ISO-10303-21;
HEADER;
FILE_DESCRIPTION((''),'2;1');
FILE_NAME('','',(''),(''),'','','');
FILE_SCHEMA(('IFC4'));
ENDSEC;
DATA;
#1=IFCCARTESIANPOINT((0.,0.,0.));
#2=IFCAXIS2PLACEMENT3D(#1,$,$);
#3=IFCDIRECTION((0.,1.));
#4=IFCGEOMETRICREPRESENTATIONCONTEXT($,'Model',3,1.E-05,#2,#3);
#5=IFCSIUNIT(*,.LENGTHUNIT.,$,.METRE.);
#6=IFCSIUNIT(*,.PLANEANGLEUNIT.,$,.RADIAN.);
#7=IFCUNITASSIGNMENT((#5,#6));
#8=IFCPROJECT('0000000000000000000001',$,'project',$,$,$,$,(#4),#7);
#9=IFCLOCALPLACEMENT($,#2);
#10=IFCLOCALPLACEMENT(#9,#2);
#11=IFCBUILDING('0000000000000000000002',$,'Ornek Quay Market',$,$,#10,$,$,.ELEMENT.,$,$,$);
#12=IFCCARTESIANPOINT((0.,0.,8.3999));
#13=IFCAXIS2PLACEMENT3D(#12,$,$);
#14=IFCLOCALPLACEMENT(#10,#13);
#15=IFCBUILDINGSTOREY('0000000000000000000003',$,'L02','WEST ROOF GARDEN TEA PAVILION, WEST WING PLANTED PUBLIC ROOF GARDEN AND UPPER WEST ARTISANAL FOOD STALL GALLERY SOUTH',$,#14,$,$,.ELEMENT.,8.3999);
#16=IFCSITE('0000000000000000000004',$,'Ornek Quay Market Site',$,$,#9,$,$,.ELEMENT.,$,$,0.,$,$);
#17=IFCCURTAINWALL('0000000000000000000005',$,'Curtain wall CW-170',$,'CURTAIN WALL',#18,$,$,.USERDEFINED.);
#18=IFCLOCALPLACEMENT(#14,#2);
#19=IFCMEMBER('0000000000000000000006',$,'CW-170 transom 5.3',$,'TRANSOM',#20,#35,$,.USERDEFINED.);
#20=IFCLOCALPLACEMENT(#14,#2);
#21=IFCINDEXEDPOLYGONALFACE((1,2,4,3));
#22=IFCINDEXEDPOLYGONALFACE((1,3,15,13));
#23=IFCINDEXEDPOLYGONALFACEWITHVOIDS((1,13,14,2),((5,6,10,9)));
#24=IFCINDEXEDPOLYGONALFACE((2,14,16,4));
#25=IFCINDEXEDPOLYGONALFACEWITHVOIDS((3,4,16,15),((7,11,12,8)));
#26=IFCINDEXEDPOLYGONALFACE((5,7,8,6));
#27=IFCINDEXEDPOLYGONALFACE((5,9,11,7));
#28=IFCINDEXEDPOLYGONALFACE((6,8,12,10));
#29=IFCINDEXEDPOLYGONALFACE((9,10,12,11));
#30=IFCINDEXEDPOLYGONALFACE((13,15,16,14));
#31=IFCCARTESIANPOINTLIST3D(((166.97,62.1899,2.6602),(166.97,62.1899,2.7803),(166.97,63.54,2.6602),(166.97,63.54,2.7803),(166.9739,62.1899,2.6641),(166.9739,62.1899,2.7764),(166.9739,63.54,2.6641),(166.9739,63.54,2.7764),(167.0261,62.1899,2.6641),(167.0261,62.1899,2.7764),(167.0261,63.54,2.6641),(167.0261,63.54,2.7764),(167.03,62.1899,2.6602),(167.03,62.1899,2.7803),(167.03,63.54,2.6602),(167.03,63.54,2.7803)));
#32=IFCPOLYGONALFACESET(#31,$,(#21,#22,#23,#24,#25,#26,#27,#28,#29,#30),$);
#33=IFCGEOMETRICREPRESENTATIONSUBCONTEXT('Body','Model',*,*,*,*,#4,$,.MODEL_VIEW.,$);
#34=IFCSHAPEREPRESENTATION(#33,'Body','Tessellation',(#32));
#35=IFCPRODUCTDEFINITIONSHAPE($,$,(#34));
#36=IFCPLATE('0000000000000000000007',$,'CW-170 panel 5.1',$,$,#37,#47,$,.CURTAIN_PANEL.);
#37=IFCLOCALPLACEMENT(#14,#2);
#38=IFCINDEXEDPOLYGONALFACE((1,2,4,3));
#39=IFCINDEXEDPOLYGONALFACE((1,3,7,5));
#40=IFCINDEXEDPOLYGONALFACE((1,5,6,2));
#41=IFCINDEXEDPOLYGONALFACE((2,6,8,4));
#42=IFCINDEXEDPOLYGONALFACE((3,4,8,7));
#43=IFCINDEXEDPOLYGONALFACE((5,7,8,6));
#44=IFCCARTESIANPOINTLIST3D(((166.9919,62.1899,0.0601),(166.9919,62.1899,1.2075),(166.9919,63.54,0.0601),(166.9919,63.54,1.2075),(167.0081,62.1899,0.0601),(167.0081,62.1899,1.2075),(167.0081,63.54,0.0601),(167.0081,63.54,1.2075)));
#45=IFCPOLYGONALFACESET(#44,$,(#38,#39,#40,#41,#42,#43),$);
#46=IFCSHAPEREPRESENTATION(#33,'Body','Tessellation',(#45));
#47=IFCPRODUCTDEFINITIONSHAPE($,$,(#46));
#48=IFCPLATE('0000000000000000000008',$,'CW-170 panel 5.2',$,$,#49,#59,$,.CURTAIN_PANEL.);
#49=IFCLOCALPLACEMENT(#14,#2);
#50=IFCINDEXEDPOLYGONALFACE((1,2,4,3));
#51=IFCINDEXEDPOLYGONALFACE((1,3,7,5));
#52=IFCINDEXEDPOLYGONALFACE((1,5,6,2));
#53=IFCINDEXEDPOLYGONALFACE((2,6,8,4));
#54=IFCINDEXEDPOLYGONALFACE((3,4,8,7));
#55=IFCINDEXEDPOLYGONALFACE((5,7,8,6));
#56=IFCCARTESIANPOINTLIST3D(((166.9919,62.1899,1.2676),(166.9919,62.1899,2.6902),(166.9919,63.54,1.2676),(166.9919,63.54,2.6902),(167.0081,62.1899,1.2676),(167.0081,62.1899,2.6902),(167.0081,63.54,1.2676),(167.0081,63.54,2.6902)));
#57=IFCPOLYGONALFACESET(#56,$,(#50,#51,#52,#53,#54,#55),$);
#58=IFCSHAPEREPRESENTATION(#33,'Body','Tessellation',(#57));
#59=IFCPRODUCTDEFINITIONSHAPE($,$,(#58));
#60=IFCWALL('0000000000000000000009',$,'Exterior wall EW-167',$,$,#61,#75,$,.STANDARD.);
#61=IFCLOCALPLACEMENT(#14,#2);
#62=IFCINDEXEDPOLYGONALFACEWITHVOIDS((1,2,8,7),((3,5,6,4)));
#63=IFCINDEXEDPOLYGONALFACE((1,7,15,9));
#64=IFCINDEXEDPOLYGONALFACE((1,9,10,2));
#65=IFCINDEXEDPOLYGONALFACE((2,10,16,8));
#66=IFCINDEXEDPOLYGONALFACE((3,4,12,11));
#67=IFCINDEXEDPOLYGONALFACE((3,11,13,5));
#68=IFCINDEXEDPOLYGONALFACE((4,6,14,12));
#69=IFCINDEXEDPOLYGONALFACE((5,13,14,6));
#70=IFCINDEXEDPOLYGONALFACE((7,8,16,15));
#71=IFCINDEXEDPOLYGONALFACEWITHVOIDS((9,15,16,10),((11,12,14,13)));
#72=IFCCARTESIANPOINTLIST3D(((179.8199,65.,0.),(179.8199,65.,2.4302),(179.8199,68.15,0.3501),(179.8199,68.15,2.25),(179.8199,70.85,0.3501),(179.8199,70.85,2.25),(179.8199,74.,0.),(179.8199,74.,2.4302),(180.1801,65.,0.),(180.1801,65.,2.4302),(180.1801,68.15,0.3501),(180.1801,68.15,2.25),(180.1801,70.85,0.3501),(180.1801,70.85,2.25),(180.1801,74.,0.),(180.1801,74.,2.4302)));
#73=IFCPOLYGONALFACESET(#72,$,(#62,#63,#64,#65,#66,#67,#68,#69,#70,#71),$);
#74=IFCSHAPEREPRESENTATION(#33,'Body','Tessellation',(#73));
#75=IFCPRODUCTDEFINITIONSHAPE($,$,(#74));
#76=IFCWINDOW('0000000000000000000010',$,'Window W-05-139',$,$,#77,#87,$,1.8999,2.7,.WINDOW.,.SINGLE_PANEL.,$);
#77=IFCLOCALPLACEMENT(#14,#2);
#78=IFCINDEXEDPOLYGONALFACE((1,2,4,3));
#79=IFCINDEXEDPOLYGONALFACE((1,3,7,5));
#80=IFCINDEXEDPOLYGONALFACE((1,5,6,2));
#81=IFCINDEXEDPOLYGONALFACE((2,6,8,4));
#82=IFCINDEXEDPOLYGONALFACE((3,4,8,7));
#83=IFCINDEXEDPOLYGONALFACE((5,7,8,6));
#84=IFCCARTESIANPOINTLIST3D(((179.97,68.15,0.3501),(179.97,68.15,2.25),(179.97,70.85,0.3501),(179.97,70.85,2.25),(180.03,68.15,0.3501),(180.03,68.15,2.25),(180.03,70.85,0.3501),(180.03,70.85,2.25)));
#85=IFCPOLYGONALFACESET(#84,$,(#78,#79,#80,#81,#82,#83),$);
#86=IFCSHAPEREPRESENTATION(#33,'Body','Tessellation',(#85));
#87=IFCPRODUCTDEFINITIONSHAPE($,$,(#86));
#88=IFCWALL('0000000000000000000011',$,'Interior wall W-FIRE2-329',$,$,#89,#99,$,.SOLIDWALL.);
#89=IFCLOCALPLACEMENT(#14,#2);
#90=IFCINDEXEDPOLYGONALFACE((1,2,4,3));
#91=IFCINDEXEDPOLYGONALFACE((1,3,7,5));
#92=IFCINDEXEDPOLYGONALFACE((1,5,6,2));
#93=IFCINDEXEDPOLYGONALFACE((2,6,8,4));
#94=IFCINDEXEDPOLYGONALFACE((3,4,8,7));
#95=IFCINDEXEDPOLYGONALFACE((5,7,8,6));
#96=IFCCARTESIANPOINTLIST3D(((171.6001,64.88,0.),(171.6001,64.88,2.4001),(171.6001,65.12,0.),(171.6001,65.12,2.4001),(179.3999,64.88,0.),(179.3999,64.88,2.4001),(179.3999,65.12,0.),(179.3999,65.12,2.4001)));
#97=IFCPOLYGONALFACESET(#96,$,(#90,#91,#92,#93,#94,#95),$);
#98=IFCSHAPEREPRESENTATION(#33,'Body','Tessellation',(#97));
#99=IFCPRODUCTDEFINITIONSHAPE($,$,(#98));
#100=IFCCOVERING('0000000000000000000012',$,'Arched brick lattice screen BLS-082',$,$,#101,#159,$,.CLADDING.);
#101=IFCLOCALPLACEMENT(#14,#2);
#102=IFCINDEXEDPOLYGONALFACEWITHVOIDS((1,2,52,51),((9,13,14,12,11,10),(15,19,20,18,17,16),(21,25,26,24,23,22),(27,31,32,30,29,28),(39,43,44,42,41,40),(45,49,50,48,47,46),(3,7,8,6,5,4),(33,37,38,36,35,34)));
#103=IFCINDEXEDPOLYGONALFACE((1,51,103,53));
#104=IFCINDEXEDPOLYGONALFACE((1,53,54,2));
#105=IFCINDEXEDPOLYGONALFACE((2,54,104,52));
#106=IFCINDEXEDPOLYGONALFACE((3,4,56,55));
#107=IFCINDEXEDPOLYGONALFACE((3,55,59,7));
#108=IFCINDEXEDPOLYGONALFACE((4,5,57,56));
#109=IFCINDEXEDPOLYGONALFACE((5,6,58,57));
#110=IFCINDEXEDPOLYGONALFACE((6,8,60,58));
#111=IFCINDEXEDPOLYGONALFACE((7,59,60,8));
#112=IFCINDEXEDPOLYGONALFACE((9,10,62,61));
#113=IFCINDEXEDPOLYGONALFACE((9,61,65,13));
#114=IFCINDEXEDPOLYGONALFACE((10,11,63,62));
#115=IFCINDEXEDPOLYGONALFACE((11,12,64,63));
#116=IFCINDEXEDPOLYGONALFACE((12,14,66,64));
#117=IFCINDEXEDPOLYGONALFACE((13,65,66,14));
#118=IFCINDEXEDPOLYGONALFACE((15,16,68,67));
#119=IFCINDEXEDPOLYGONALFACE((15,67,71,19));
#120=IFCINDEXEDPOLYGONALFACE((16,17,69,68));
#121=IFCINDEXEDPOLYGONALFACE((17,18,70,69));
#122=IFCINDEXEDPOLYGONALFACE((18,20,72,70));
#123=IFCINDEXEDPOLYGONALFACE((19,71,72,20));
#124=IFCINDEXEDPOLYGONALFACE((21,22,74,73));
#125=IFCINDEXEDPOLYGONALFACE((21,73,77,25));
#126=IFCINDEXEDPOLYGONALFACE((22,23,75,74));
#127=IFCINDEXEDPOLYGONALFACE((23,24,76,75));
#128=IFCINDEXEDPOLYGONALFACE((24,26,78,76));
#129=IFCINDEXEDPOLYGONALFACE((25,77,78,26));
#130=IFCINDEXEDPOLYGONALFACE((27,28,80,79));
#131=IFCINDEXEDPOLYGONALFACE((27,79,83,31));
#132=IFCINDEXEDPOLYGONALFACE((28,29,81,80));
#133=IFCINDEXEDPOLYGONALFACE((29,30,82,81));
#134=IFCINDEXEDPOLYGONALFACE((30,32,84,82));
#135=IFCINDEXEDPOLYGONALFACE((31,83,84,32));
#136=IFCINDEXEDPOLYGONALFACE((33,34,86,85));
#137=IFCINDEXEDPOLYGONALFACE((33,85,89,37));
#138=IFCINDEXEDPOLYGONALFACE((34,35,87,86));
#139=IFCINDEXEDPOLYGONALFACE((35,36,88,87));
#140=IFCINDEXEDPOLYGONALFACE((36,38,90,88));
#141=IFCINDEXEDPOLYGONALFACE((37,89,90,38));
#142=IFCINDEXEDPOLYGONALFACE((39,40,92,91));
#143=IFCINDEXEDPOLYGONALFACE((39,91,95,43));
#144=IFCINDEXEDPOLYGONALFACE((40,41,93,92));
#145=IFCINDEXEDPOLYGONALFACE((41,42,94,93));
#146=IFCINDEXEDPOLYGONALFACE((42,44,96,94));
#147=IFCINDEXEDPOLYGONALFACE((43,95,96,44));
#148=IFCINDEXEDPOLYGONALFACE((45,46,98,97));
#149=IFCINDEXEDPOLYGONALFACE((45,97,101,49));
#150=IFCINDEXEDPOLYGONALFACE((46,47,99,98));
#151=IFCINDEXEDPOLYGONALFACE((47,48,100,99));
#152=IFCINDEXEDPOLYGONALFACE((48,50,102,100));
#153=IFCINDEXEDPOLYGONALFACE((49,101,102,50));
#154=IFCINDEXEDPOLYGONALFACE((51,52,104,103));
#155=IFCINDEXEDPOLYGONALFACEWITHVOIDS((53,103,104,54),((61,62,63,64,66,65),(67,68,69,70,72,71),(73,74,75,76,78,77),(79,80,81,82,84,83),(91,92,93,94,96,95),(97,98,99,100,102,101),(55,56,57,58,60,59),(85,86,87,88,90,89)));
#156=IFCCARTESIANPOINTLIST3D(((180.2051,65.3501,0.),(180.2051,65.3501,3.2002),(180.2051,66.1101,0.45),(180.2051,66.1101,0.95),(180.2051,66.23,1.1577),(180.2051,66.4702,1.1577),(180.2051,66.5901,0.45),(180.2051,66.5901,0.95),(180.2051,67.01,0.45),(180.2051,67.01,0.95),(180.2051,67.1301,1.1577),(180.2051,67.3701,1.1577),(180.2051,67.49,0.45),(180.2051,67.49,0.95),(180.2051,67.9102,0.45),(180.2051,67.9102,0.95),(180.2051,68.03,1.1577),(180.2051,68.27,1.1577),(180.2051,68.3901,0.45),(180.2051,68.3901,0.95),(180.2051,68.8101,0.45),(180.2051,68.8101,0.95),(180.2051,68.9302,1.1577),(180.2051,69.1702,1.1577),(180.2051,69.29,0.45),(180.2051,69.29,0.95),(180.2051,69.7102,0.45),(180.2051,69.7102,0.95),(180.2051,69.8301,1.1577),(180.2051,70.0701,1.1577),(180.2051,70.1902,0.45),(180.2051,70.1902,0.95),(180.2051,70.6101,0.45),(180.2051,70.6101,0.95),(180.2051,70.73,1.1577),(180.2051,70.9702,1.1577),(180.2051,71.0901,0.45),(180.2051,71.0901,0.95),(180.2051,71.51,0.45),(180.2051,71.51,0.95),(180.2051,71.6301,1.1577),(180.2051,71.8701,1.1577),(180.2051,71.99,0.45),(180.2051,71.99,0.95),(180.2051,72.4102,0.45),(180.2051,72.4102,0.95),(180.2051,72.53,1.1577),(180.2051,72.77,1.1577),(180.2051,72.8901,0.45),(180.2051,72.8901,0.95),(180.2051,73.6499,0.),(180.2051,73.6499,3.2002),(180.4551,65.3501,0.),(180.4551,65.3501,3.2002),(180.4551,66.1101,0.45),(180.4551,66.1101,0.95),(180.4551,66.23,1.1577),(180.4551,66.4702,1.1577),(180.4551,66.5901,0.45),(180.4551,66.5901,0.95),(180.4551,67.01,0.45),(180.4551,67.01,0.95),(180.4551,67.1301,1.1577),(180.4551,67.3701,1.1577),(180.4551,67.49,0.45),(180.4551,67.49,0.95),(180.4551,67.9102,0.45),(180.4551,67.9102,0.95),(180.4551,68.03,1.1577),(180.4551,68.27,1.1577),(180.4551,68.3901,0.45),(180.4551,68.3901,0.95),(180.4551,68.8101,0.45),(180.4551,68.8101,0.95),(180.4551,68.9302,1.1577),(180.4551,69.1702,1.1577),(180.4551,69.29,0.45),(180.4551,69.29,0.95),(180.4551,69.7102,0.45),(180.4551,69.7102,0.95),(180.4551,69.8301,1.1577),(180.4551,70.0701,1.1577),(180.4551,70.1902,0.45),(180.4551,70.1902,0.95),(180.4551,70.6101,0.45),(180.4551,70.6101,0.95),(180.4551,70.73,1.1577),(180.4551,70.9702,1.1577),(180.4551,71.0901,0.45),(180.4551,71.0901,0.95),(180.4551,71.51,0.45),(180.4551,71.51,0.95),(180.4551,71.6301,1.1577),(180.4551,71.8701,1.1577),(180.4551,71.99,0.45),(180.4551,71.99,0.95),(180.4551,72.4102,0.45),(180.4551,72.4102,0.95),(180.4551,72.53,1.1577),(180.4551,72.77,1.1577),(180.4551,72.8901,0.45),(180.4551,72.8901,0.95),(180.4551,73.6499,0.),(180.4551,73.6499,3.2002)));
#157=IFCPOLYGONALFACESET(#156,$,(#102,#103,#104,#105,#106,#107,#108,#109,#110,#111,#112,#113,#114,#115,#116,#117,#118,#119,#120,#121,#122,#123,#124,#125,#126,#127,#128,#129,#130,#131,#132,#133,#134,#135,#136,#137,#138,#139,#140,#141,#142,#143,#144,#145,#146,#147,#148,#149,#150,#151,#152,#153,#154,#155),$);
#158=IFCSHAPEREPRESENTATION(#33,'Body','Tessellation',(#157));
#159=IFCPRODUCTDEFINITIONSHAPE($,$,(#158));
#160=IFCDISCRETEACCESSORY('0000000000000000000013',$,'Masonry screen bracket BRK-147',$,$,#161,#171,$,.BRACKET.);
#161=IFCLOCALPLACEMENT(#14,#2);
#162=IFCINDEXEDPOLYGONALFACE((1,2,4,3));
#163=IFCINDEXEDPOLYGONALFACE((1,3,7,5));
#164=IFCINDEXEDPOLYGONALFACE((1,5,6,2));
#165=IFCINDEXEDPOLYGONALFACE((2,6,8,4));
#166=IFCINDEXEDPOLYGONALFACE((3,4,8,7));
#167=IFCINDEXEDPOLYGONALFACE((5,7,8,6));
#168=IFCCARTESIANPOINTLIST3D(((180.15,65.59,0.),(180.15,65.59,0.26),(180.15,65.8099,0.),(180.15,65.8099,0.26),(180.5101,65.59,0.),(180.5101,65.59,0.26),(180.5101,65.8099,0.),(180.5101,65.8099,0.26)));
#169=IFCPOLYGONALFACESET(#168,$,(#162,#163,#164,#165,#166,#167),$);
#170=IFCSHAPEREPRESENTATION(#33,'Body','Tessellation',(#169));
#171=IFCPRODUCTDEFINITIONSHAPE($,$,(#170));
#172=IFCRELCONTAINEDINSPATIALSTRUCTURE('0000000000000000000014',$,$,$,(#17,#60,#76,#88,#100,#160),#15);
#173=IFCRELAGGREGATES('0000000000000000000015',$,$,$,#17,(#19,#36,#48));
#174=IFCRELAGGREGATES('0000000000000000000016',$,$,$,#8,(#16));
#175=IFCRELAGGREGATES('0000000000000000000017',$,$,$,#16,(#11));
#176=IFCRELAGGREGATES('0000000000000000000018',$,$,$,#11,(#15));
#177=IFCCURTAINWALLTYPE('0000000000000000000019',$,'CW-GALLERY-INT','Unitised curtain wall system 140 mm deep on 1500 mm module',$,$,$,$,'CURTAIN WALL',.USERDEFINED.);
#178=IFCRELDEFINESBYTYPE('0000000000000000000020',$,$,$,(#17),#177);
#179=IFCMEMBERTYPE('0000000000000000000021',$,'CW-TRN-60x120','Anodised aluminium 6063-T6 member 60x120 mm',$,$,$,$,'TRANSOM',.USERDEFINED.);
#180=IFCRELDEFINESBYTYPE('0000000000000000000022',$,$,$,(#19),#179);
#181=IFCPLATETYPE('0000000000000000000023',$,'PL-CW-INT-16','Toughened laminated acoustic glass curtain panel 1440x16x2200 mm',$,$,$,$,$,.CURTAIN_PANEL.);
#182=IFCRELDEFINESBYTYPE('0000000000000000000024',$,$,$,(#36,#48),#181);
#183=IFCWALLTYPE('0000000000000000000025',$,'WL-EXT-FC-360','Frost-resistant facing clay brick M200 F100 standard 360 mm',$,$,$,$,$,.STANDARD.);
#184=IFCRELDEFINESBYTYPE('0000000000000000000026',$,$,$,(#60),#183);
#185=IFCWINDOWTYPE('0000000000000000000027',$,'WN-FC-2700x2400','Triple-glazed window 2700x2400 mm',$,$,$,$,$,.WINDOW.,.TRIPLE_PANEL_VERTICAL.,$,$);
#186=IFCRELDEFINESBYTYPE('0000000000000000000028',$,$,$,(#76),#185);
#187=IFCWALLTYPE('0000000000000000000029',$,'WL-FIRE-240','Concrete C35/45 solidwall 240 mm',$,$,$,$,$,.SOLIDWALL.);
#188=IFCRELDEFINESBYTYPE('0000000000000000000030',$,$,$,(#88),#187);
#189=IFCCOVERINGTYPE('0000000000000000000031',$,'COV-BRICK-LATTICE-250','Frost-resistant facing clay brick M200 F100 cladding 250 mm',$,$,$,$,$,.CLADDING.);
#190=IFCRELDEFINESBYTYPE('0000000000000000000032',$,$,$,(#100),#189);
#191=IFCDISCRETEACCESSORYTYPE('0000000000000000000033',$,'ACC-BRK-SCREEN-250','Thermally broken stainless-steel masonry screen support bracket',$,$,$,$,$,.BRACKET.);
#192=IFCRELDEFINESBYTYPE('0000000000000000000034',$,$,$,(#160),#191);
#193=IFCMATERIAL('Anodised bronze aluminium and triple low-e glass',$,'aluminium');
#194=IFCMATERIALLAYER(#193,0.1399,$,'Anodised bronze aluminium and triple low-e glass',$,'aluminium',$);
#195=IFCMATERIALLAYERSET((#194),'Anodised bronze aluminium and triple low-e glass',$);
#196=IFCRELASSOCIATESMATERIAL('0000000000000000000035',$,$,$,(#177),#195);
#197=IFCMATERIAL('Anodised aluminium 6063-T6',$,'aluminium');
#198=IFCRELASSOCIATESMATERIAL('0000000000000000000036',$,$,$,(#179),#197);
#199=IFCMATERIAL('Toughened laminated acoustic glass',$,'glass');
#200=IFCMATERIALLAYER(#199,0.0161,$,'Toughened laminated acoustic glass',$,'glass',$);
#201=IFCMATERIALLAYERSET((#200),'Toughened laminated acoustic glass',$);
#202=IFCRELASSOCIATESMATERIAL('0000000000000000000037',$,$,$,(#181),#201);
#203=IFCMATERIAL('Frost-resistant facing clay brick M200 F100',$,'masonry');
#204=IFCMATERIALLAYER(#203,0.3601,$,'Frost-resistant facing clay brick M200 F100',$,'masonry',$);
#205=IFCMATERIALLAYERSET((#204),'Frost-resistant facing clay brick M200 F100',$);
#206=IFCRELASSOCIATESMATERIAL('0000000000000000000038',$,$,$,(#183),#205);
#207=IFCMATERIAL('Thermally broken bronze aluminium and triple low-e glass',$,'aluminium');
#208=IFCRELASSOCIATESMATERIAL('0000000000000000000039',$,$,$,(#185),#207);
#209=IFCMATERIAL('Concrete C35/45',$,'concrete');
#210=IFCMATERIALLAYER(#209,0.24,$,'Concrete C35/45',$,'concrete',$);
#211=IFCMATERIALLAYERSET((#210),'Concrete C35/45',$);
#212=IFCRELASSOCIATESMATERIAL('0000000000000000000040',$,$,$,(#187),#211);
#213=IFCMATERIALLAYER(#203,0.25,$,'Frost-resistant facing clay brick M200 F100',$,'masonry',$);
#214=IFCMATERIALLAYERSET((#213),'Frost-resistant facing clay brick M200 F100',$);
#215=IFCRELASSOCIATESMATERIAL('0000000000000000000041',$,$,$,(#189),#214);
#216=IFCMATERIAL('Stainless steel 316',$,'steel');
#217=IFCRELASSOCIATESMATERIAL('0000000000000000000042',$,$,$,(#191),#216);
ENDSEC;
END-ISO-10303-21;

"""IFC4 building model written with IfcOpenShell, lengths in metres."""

from ifc_helpers import new_model, si_unit, direction, frame, frame_2d, origin, origin_2d, place, context, subcontext, project, spatial, polyline, rectangle, hollow_rectangle, outline, extrude, material, layer, layer_set, material_profile, profile_set, type_object, element, fill, aggregate, save


model = new_model("IFC4")

# Units and contexts
model_context = context("Model", 3, precision=1e-05, world=origin(), true_north=direction((0.0, 1.0)))
body_context = subcontext(model_context, "Body", "Model", "MODEL_VIEW")
ifc_project = project(units=[si_unit("LENGTHUNIT", "METRE"), si_unit("PLANEANGLEUNIT", "RADIAN")], contexts=[model_context])

# Site, building, storey
site_placement = place(None, origin())
site = spatial("IfcSite", under=ifc_project, at=site_placement, Name="Ornek Quay Market Site", CompositionType="ELEMENT", RefElevation=0.0)
building_placement = place(site_placement, origin())
building = spatial("IfcBuilding", under=site, at=building_placement, Name="Ornek Quay Market", CompositionType="ELEMENT")
storey_placement = place(building_placement, frame((0.0, 0.0, 8.3999)))
storey = spatial("IfcBuildingStorey", under=building, at=storey_placement, Name="L02", Description="WEST ROOF GARDEN TEA PAVILION, WEST WING PLANTED PUBLIC ROOF GARDEN AND UPPER WEST ARTISANAL FOOD STALL GALLERY SOUTH", CompositionType="ELEMENT", Elevation=8.3999)

# Shared definitions
ifc_material_1 = material(Name="Concrete C35/45", Category="concrete")

# Curtain wall, member, plates
ifc_material_2 = material(Name="Anodised bronze aluminium and triple low-e glass", Category="aluminium")
ifc_layer_1 = layer(ifc_material_2, 0.1399, Name="Anodised bronze aluminium and triple low-e glass", Category="aluminium")
ifc_layer_set_1 = layer_set([ifc_layer_1], Name="Anodised bronze aluminium and triple low-e glass")
curtain_wall_type = type_object("IfcCurtainWallType", Name="CW-GALLERY-INT", Description="Unitised curtain wall system 140 mm deep on 1500 mm module", ElementType="CURTAIN WALL", PredefinedType="USERDEFINED", material=ifc_layer_set_1)
curtain_wall_placement = place(storey_placement, origin())
curtain_wall = element("IfcCurtainWall", 1, at=curtain_wall_placement, inside=storey, type_object=curtain_wall_type, Name="Curtain wall CW-170", ObjectType="CURTAIN WALL", PredefinedType="USERDEFINED")
ifc_material_3 = material(Name="Anodised aluminium 6063-T6", Category="aluminium")
ifc_material_profile_1 = material_profile(ifc_material_3, hollow_rectangle(XDim=0.0601, YDim=0.1201, WallThickness=0.0039, at=origin_2d()), Name="CW-TRN-60x120", Category="aluminium")
ifc_profile_set_1 = profile_set([ifc_material_profile_1], Name="Anodised aluminium 6063-T6")
member_type_1 = type_object("IfcMemberType", Name="CW-TRN-60x120", Description="Anodised aluminium 6063-T6 member 60x120 mm", ElementType="TRANSOM", PredefinedType="USERDEFINED", material=ifc_profile_set_1)
member_1_placement = place(storey_placement, frame((167.0, 62.1899, 2.7202), z_axis=(0.0, 1.0, 0.0), x_axis=(-1.0, 0.0, 0.0)))
member_1 = element("IfcMember", 2, at=member_1_placement, type_object=member_type_1, Name="CW-170 transom 5.3", ObjectType="TRANSOM", PredefinedType="USERDEFINED", context=body_context, shape_type="SweptSolid", body=[
    extrude(hollow_rectangle(XDim=0.0601, YDim=0.1201, WallThickness=0.0039, at=origin_2d()), origin(), (0.0, 0.0, 1.0), 1.3501),
])
ifc_material_4 = material(Name="Toughened laminated acoustic glass", Category="glass")
ifc_layer_2 = layer(ifc_material_4, 0.0161, Name="Toughened laminated acoustic glass", Category="glass")
ifc_layer_set_2 = layer_set([ifc_layer_2], Name="Toughened laminated acoustic glass")
plate_type = type_object("IfcPlateType", Name="PL-CW-INT-16", Description="Toughened laminated acoustic glass curtain panel 1440x16x2200 mm", PredefinedType="CURTAIN_PANEL", material=ifc_layer_set_2)
plate_1_placement = place(storey_placement, frame((167.0, 62.865, 0.0601), z_axis=(0.0, 0.0, 1.0), x_axis=(0.0, 1.0, 0.0)))
plate_1 = element("IfcPlate", 3, at=plate_1_placement, type_object=plate_type, Name="CW-170 panel 5.1", PredefinedType="CURTAIN_PANEL", context=body_context, shape_type="SweptSolid", body=[
    extrude(rectangle(XDim=1.3501, YDim=0.0161, at=origin_2d()), origin(), (0.0, 0.0, 1.0), 1.1475),
])
plate_2_placement = place(storey_placement, frame((167.0, 62.865, 1.2676), z_axis=(0.0, 0.0, 1.0), x_axis=(0.0, 1.0, 0.0)))
plate_2 = element("IfcPlate", 4, at=plate_2_placement, type_object=plate_type, Name="CW-170 panel 5.2", PredefinedType="CURTAIN_PANEL", context=body_context, shape_type="SweptSolid", body=[
    extrude(rectangle(XDim=1.3501, YDim=0.0161, at=origin_2d()), origin(), (0.0, 0.0, 1.0), 1.4226),
])
aggregate(curtain_wall, [member_1, plate_1, plate_2])

# Wall, opening, window
ifc_material_5 = material(Name="Frost-resistant facing clay brick M200 F100", Category="masonry")
ifc_layer_3 = layer(ifc_material_5, 0.3601, Name="Frost-resistant facing clay brick M200 F100", Category="masonry")
ifc_layer_set_3 = layer_set([ifc_layer_3], Name="Frost-resistant facing clay brick M200 F100")
wall_type_1 = type_object("IfcWallType", Name="WL-EXT-FC-360", Description="Frost-resistant facing clay brick M200 F100 standard 360 mm", PredefinedType="STANDARD", material=ifc_layer_set_3)
wall_1_placement = place(storey_placement, frame((180.0, 65.0, 0.0), z_axis=(0.0, 0.0, 1.0), x_axis=(0.0, 1.0, 0.0)))
wall_1 = element("IfcWall", 5, at=wall_1_placement, inside=storey, type_object=wall_type_1, Name="Exterior wall EW-167", PredefinedType="STANDARD", context=body_context, shape_type="SweptSolid", body=[
    extrude(rectangle(XDim=9.0, YDim=0.3601, at=frame_2d((4.5, 0.0))), origin(), (0.0, 0.0, 1.0), 2.4302),
])
opening_1_placement = place(wall_1_placement, frame((3.1499, 0.0, 0.3501)))
opening_1 = element("IfcOpeningElement", 6, at=opening_1_placement, cuts=wall_1, PredefinedType="OPENING", context=body_context, shape_type="SweptSolid", body=[
    extrude(rectangle(XDim=2.7, YDim=1.8999, at=frame_2d((1.3501, 0.95))), frame((0.0, 0.1899, 0.0), z_axis=(0.0, -1.0, 0.0), x_axis=(1.0, 0.0, 0.0)), (0.0, 0.0, 1.0), 0.3801),
])
ifc_material_6 = material(Name="Thermally broken bronze aluminium and triple low-e glass", Category="aluminium")
window_type = type_object("IfcWindowType", Name="WN-FC-2700x2400", Description="Triple-glazed window 2700x2400 mm", PartitioningType="TRIPLE_PANEL_VERTICAL", PredefinedType="WINDOW", material=ifc_material_6)
window_placement = place(opening_1_placement, origin())
window = element("IfcWindow", 7, at=window_placement, inside=storey, type_object=window_type, Name="Window W-05-139", OverallHeight=1.8999, OverallWidth=2.7, PartitioningType="SINGLE_PANEL", PredefinedType="WINDOW", context=body_context, shape_type="SweptSolid", body=[
    extrude(rectangle(XDim=2.7, YDim=1.8999, at=frame_2d((1.3501, 0.95))), frame((0.0, 0.03, 0.0), z_axis=(0.0, -1.0, 0.0), x_axis=(1.0, 0.0, 0.0)), (0.0, 0.0, 1.0), 0.0601),
])
fill(opening_1, window)

# Shared definitions
ifc_layer_4 = layer(ifc_material_1, 0.24, Name="Concrete C35/45", Category="concrete")
ifc_layer_set_4 = layer_set([ifc_layer_4], Name="Concrete C35/45")
wall_type_2 = type_object("IfcWallType", Name="WL-FIRE-240", Description="Concrete C35/45 solidwall 240 mm", PredefinedType="SOLIDWALL", material=ifc_layer_set_4)

# Wall
wall_2_placement = place(storey_placement, frame((171.6001, 65.0, 0.0), z_axis=(0.0, 0.0, 1.0), x_axis=(1.0, 0.0, 0.0)))
element("IfcWall", 8, at=wall_2_placement, inside=storey, type_object=wall_type_2, Name="Interior wall W-FIRE2-329", PredefinedType="SOLIDWALL", context=body_context, shape_type="SweptSolid", body=[
    extrude(rectangle(XDim=7.7998, YDim=0.24, at=frame_2d((3.8999, 0.0))), origin(), (0.0, 0.0, 1.0), 2.4001),
])

# Covering
ifc_layer_5 = layer(ifc_material_5, 0.25, Name="Frost-resistant facing clay brick M200 F100", Category="masonry")
ifc_layer_set_5 = layer_set([ifc_layer_5], Name="Frost-resistant facing clay brick M200 F100")
covering_type = type_object("IfcCoveringType", Name="COV-BRICK-LATTICE-250", Description="Frost-resistant facing clay brick M200 F100 cladding 250 mm", PredefinedType="CLADDING", material=ifc_layer_set_5)
covering_placement = place(storey_placement, frame((180.3301, 65.3501, 0.0), z_axis=(0.0, 0.0, 1.0), x_axis=(0.0, 1.0, 0.0)))
element("IfcCovering", 9, at=covering_placement, inside=storey, type_object=covering_type, Name="Arched brick lattice screen BLS-082", PredefinedType="CLADDING", context=body_context, shape_type="SweptSolid", body=[
    extrude(outline(polyline([(0.0, 0.0), (8.2998, 0.0), (8.2998, 3.2002), (0.0, 3.2002), (0.0, 0.0)]), holes=[polyline([(0.76, 0.45), (1.24, 0.45), (1.24, 0.95), (1.1201, 1.1577), (0.8799, 1.1577), (0.76, 0.95), (0.76, 0.45)]), polyline([(1.6599, 0.45), (2.1399, 0.45), (2.1399, 0.95), (2.02, 1.1577), (1.78, 1.1577), (1.6599, 0.95), (1.6599, 0.45)]), polyline([(2.5601, 0.45), (3.04, 0.45), (3.04, 0.95), (2.9199, 1.1577), (2.6799, 1.1577), (2.5601, 0.95), (2.5601, 0.45)]), polyline([(3.46, 0.45), (3.9399, 0.45), (3.9399, 0.95), (3.8201, 1.1577), (3.5801, 1.1577), (3.46, 0.95), (3.46, 0.45)]), polyline([(4.3601, 0.45), (4.8401, 0.45), (4.8401, 0.95), (4.72, 1.1577), (4.48, 1.1577), (4.3601, 0.95), (4.3601, 0.45)]), polyline([(5.26, 0.45), (5.74, 0.45), (5.74, 0.95), (5.6201, 1.1577), (5.3799, 1.1577), (5.26, 0.95), (5.26, 0.45)]), polyline([(6.1599, 0.45), (6.6399, 0.45), (6.6399, 0.95), (6.52, 1.1577), (6.28, 1.1577), (6.1599, 0.95), (6.1599, 0.45)]), polyline([(7.0601, 0.45), (7.54, 0.45), (7.54, 0.95), (7.4199, 1.1577), (7.1799, 1.1577), (7.0601, 0.95), (7.0601, 0.45)])]), frame((0.0, 0.125, 0.0), z_axis=(0.0, -1.0, 0.0), x_axis=(1.0, 0.0, 0.0)), (0.0, 0.0, 1.0), 0.25),
])

# Discrete accessory
ifc_material_7 = material(Name="Stainless steel 316", Category="steel")
discrete_accessory_type = type_object("IfcDiscreteAccessoryType", Name="ACC-BRK-SCREEN-250", Description="Thermally broken stainless-steel masonry screen support bracket", PredefinedType="BRACKET", material=ifc_material_7)
for number, where, z_axis, x_axis, name in (
    (10, (180.3301, 65.7, 0.0), (0.0, 0.0, 1.0), (0.0, 1.0, 0.0), "Masonry screen bracket BRK-147"),
):
    element("IfcDiscreteAccessory", number, at=place(storey_placement, frame(where, z_axis=z_axis, x_axis=x_axis)), inside=storey, type_object=discrete_accessory_type, Name=name, PredefinedType="BRACKET", context=body_context, shape_type="SweptSolid", body=[
        extrude(rectangle(XDim=0.22, YDim=0.3601, at=origin_2d()), origin(), (0.0, 0.0, 1.0), 0.26),
    ])

save(model, "model.ifc")
